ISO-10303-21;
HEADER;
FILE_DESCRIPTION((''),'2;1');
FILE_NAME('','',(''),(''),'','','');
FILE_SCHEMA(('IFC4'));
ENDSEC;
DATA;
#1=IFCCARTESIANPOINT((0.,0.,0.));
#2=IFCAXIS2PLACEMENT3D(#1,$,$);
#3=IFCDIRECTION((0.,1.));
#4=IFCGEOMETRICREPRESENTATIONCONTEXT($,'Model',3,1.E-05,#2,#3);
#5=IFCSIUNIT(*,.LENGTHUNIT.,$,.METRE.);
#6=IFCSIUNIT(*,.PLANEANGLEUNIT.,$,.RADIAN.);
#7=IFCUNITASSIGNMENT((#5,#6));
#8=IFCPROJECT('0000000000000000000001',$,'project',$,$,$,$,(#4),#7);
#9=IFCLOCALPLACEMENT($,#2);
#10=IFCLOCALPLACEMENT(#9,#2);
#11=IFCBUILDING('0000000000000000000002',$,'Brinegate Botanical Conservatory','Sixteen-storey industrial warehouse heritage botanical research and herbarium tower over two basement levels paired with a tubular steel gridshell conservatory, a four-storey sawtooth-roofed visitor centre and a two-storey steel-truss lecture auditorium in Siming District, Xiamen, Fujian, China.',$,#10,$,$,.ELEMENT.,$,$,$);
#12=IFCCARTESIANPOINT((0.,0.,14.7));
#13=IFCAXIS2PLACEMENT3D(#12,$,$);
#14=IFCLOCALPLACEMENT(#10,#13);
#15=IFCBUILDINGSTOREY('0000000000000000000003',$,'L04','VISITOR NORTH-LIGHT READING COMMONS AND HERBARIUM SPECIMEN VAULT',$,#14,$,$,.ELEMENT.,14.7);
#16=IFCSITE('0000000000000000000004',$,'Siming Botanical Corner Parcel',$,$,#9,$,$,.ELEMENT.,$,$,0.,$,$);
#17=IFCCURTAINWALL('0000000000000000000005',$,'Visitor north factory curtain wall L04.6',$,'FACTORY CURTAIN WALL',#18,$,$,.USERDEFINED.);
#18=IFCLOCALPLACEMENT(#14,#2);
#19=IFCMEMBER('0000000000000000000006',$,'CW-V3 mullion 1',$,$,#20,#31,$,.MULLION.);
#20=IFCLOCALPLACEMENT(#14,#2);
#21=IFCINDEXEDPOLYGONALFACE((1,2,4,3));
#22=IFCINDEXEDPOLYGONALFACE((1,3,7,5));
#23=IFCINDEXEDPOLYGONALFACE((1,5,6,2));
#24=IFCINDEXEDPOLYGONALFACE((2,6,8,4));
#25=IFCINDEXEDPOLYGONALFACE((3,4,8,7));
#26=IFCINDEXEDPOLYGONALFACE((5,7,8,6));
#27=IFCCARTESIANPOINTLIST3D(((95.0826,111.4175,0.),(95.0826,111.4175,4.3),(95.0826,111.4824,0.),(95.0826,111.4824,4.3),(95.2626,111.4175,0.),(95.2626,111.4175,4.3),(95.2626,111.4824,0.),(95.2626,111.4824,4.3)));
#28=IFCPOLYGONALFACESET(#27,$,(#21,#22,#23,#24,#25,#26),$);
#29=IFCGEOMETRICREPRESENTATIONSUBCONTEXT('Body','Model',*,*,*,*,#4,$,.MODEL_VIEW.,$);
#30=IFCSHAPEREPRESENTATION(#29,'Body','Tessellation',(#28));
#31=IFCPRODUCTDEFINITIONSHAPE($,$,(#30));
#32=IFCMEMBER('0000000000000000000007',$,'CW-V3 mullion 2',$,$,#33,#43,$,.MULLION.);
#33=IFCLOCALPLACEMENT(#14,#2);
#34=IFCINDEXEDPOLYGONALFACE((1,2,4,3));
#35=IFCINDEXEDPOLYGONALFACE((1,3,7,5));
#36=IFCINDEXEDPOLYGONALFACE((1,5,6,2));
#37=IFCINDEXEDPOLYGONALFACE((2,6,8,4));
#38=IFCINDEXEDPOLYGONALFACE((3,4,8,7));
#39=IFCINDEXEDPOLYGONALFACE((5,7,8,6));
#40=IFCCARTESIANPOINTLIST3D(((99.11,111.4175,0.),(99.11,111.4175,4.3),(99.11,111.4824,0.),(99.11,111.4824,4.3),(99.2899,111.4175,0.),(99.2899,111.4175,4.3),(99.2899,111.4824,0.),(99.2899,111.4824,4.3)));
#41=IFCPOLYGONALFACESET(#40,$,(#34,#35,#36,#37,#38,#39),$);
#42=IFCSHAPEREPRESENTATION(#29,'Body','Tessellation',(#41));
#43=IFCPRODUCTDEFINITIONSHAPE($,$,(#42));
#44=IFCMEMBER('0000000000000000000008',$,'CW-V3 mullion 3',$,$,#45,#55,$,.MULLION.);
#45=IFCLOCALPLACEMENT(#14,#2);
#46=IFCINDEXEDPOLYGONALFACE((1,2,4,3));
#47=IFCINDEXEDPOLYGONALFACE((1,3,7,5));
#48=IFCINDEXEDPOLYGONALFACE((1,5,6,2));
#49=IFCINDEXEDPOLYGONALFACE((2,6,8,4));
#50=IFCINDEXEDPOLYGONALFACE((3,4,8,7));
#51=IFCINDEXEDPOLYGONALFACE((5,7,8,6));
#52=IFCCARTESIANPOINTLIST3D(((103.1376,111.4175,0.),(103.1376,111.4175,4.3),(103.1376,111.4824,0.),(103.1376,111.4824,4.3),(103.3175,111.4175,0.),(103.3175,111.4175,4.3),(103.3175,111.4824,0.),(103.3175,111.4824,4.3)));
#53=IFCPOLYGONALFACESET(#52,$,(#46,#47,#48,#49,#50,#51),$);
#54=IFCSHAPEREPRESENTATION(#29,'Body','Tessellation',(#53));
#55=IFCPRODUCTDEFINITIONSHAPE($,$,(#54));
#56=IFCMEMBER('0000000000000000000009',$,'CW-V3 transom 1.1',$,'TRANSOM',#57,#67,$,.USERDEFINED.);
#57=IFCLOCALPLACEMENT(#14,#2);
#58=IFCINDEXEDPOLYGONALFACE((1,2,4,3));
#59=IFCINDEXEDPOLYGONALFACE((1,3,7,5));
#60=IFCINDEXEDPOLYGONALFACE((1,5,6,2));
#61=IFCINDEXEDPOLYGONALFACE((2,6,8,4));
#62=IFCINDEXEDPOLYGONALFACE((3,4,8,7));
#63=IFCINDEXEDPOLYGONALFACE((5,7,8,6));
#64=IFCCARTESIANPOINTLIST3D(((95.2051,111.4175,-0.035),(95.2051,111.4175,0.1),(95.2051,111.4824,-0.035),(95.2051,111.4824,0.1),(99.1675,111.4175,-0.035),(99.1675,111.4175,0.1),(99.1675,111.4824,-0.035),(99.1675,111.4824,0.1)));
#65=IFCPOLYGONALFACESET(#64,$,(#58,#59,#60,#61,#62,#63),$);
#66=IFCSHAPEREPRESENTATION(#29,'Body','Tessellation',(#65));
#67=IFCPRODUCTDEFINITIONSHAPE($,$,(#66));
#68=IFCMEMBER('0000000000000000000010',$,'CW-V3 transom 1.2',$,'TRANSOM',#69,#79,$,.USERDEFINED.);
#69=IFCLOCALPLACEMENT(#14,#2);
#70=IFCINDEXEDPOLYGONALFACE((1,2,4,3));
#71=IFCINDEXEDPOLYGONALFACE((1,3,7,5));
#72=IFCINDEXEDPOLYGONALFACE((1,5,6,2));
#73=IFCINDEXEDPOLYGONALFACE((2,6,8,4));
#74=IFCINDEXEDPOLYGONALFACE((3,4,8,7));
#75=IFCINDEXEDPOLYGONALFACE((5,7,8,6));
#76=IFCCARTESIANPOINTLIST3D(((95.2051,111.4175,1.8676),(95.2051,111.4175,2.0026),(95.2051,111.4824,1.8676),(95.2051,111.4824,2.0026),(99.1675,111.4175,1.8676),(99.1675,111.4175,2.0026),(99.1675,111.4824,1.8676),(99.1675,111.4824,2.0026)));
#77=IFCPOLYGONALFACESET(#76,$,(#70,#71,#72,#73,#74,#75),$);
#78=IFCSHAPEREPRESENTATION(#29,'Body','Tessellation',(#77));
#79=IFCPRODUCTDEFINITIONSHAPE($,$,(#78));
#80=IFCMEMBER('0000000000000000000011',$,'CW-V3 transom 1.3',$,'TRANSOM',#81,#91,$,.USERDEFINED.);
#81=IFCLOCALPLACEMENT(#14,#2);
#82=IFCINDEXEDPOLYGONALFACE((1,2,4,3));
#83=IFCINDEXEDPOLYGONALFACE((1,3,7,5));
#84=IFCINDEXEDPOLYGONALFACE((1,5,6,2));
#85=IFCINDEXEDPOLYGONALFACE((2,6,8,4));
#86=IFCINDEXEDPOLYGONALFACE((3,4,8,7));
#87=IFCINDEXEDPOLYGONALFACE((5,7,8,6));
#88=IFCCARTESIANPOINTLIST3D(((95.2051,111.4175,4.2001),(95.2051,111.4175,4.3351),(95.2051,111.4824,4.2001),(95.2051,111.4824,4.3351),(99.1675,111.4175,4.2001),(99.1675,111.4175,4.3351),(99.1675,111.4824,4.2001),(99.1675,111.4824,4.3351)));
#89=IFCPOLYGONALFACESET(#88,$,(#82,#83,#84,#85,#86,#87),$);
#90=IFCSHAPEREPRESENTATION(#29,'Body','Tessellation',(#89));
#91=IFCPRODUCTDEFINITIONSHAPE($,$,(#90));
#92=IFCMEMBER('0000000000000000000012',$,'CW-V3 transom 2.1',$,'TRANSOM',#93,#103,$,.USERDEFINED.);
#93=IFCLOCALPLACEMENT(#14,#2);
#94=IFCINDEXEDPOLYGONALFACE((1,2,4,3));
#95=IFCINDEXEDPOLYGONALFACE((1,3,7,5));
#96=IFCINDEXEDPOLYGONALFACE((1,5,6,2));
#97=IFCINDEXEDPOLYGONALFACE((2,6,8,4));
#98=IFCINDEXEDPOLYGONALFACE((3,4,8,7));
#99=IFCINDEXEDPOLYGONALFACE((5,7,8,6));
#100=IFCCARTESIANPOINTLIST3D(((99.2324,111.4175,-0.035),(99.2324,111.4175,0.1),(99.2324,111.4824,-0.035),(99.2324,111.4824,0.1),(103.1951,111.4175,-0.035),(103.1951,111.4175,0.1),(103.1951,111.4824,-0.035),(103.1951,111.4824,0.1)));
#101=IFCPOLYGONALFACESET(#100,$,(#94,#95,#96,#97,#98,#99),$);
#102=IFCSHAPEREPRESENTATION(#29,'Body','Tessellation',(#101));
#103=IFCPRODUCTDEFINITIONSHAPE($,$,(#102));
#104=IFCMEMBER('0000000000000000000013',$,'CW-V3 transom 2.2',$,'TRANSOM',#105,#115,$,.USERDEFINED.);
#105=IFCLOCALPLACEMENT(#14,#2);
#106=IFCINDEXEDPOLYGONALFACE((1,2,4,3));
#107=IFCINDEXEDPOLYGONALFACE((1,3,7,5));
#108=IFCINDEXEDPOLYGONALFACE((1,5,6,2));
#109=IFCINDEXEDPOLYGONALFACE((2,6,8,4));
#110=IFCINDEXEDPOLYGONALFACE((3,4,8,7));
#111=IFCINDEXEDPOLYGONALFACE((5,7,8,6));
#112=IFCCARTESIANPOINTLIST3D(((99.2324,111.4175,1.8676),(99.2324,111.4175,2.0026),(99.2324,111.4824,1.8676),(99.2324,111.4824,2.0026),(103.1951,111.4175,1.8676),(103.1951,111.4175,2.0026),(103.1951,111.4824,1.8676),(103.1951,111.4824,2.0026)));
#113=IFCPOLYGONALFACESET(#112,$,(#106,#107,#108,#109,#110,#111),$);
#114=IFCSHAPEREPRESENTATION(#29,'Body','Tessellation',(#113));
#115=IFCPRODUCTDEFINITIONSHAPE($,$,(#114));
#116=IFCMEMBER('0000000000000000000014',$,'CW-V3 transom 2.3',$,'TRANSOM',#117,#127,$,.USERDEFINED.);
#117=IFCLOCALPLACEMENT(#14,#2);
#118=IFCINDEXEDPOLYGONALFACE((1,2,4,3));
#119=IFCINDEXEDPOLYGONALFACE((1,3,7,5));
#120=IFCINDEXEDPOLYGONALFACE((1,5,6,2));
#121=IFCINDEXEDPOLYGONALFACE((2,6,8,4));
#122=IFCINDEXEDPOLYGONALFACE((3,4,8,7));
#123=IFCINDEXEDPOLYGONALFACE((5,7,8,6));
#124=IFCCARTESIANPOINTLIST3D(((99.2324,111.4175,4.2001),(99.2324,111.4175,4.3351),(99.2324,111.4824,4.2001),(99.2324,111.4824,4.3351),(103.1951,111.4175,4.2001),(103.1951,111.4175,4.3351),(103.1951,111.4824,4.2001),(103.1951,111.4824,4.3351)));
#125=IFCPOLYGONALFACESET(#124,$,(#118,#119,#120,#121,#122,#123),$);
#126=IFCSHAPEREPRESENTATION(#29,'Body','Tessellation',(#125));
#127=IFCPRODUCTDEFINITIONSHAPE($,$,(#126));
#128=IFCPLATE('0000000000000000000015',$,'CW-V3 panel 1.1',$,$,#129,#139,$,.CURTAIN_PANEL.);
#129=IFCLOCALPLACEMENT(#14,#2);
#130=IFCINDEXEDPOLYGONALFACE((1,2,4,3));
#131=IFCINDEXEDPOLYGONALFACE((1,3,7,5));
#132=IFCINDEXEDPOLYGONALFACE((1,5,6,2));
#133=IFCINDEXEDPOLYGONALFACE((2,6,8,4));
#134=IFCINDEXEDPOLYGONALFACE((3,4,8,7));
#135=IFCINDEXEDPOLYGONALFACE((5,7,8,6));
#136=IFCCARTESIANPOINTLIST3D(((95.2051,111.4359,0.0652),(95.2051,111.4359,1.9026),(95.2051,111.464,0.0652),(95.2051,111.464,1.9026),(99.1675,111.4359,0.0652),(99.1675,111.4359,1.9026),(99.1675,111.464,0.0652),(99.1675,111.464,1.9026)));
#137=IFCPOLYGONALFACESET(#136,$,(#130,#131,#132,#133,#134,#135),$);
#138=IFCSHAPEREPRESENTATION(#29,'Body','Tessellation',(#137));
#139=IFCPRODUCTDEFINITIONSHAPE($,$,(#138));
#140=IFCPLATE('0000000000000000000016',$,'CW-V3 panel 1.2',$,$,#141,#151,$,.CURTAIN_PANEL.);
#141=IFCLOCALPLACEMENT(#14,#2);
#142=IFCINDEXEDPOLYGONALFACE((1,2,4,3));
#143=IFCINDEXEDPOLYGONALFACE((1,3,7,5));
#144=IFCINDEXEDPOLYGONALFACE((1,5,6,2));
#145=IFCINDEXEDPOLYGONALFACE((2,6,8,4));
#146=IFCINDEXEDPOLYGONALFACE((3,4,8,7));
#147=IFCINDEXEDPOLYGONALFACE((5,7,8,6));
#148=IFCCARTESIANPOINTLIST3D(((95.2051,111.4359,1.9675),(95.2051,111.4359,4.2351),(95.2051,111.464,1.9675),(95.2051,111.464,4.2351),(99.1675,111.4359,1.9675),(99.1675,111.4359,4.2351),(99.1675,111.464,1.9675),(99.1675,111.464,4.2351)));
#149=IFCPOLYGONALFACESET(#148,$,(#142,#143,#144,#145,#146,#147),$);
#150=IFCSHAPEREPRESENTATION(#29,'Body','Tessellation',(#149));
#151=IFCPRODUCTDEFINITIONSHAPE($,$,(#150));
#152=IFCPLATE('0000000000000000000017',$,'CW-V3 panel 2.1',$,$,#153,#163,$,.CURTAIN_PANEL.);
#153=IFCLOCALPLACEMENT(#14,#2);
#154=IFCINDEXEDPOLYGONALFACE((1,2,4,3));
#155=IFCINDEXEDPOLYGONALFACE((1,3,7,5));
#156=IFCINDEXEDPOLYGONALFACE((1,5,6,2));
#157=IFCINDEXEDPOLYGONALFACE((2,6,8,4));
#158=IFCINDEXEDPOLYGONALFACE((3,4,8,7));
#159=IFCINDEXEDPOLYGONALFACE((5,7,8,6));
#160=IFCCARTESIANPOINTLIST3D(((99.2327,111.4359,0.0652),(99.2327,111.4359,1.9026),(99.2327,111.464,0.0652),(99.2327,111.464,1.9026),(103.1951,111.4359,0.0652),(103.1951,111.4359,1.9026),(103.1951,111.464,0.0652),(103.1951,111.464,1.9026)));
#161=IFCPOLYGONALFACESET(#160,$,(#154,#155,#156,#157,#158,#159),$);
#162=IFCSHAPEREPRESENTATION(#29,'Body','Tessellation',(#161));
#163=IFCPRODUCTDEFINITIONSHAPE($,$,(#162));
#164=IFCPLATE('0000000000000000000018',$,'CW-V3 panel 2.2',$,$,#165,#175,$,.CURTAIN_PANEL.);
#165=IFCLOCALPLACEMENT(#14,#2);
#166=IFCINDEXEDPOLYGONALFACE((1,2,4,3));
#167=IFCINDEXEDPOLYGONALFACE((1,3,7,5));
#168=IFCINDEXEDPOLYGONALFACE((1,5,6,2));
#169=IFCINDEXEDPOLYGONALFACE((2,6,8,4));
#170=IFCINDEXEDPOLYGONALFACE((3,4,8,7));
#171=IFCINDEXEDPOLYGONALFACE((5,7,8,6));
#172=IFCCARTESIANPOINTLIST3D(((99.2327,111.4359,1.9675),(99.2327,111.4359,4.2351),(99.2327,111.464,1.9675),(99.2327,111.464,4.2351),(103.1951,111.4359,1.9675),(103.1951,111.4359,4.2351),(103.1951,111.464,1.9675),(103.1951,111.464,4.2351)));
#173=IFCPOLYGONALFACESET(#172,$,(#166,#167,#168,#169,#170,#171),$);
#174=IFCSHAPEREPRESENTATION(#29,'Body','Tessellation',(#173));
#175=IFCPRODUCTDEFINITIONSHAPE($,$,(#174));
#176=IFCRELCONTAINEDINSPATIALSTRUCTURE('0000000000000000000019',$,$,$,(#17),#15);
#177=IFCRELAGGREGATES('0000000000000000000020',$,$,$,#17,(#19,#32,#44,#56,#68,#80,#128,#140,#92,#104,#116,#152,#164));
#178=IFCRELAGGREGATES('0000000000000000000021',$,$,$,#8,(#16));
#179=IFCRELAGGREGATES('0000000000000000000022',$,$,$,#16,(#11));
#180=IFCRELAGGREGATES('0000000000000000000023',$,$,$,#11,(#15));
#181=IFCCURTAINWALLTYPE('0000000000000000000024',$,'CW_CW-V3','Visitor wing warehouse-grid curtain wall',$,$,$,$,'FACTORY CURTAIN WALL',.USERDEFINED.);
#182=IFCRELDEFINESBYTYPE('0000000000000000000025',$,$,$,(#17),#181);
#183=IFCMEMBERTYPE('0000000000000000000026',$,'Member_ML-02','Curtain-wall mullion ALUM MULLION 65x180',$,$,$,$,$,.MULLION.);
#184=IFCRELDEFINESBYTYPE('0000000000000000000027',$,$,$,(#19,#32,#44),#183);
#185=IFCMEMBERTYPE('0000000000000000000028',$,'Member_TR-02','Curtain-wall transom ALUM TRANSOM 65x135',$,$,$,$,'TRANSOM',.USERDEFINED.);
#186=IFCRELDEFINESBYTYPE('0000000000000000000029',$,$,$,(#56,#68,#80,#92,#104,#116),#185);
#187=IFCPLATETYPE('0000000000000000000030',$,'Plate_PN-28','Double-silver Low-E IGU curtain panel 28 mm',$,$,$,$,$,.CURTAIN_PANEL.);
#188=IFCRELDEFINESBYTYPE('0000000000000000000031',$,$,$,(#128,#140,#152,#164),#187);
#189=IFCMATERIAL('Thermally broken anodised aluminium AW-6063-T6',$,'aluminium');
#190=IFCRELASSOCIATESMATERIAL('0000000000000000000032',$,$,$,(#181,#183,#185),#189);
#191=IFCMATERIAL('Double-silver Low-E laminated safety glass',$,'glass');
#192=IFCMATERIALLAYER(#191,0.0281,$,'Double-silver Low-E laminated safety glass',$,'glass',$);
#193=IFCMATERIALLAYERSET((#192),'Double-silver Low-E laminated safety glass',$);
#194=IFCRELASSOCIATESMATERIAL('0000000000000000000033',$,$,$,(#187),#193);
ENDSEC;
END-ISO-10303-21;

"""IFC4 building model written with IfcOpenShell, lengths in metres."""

from ifc_helpers import new_model, si_unit, direction, frame, origin, origin_2d, place, context, subcontext, project, spatial, rectangle, extrude, material, layer, layer_set, material_profile, profile_set, type_object, element, aggregate, save


model = new_model("IFC4")

# Units and contexts
model_context = context("Model", 3, precision=1e-05, world=origin(), true_north=direction((0.0, 1.0)))
body_context = subcontext(model_context, "Body", "Model", "MODEL_VIEW")
ifc_project = project(units=[si_unit("LENGTHUNIT", "METRE"), si_unit("PLANEANGLEUNIT", "RADIAN")], contexts=[model_context])

# Site, building, storey
site_placement = place(None, origin())
site = spatial("IfcSite", under=ifc_project, at=site_placement, Name="Siming Botanical Corner Parcel", CompositionType="ELEMENT", RefElevation=0.0)
building_placement = place(site_placement, origin())
building = spatial("IfcBuilding", under=site, at=building_placement, Name="Brinegate Botanical Conservatory", Description="Sixteen-storey industrial warehouse heritage botanical research and herbarium tower over two basement levels paired with a tubular steel gridshell conservatory, a four-storey sawtooth-roofed visitor centre and a two-storey steel-truss lecture auditorium in Siming District, Xiamen, Fujian, China.", CompositionType="ELEMENT")
storey_placement = place(building_placement, frame((0.0, 0.0, 14.7)))
storey = spatial("IfcBuildingStorey", under=building, at=storey_placement, Name="L04", Description="VISITOR NORTH-LIGHT READING COMMONS AND HERBARIUM SPECIMEN VAULT", CompositionType="ELEMENT", Elevation=14.7)

# Curtain wall, members, plates
ifc_material_1 = material(Name="Thermally broken anodised aluminium AW-6063-T6", Category="aluminium")
curtain_wall_type = type_object("IfcCurtainWallType", Name="CW_CW-V3", Description="Visitor wing warehouse-grid curtain wall", ElementType="FACTORY CURTAIN WALL", PredefinedType="USERDEFINED", material=ifc_material_1)
curtain_wall_placement = place(storey_placement, origin())
curtain_wall = element("IfcCurtainWall", 1, at=curtain_wall_placement, inside=storey, type_object=curtain_wall_type, Name="Visitor north factory curtain wall L04.6", ObjectType="FACTORY CURTAIN WALL", PredefinedType="USERDEFINED")
ifc_material_profile_1 = material_profile(ifc_material_1, rectangle(XDim=0.0649, YDim=0.1799, at=origin_2d()), Name="ALUM MULLION 65x180")
ifc_profile_set_1 = profile_set([ifc_material_profile_1], Name="Thermally broken anodised aluminium AW-6063-T6")
member_type_1 = type_object("IfcMemberType", Name="Member_ML-02", Description="Curtain-wall mullion ALUM MULLION 65x180", PredefinedType="MULLION", material=ifc_profile_set_1)
member_1_placement = place(storey_placement, frame((95.1726, 111.45, 0.0), z_axis=(0.0, 0.0, 1.0), x_axis=(0.0, 1.0, 0.0)))
member_1 = element("IfcMember", 2, at=member_1_placement, type_object=member_type_1, Name="CW-V3 mullion 1", PredefinedType="MULLION", context=body_context, shape_type="SweptSolid", body=[
    extrude(rectangle(XDim=0.0649, YDim=0.1799, at=origin_2d()), origin(), (0.0, 0.0, 1.0), 4.3),
])
member_2_placement = place(storey_placement, frame((99.2, 111.45, 0.0), z_axis=(0.0, 0.0, 1.0), x_axis=(0.0, 1.0, 0.0)))
member_2 = element("IfcMember", 3, at=member_2_placement, type_object=member_type_1, Name="CW-V3 mullion 2", PredefinedType="MULLION", context=body_context, shape_type="SweptSolid", body=[
    extrude(rectangle(XDim=0.0649, YDim=0.1799, at=origin_2d()), origin(), (0.0, 0.0, 1.0), 4.3),
])
member_3_placement = place(storey_placement, frame((103.2275, 111.45, 0.0), z_axis=(0.0, 0.0, 1.0), x_axis=(0.0, 1.0, 0.0)))
member_3 = element("IfcMember", 4, at=member_3_placement, type_object=member_type_1, Name="CW-V3 mullion 3", PredefinedType="MULLION", context=body_context, shape_type="SweptSolid", body=[
    extrude(rectangle(XDim=0.0649, YDim=0.1799, at=origin_2d()), origin(), (0.0, 0.0, 1.0), 4.3),
])
ifc_material_profile_2 = material_profile(ifc_material_1, rectangle(XDim=0.0649, YDim=0.135, at=origin_2d()), Name="ALUM TRANSOM 65x135")
ifc_profile_set_2 = profile_set([ifc_material_profile_2], Name="Thermally broken anodised aluminium AW-6063-T6")
member_type_2 = type_object("IfcMemberType", Name="Member_TR-02", Description="Curtain-wall transom ALUM TRANSOM 65x135", ElementType="TRANSOM", PredefinedType="USERDEFINED", material=ifc_profile_set_2)
member_4_placement = place(storey_placement, frame((95.2051, 111.45, 0.0325), z_axis=(1.0, 0.0, 0.0), x_axis=(0.0, 1.0, 0.0)))
member_4 = element("IfcMember", 5, at=member_4_placement, type_object=member_type_2, Name="CW-V3 transom 1.1", ObjectType="TRANSOM", PredefinedType="USERDEFINED", context=body_context, shape_type="SweptSolid", body=[
    extrude(rectangle(XDim=0.0649, YDim=0.135, at=origin_2d()), origin(), (0.0, 0.0, 1.0), 3.9624),
])
member_5_placement = place(storey_placement, frame((95.2051, 111.45, 1.9351), z_axis=(1.0, 0.0, 0.0), x_axis=(0.0, 1.0, 0.0)))
member_5 = element("IfcMember", 6, at=member_5_placement, type_object=member_type_2, Name="CW-V3 transom 1.2", ObjectType="TRANSOM", PredefinedType="USERDEFINED", context=body_context, shape_type="SweptSolid", body=[
    extrude(rectangle(XDim=0.0649, YDim=0.135, at=origin_2d()), origin(), (0.0, 0.0, 1.0), 3.9624),
])
member_6_placement = place(storey_placement, frame((95.2051, 111.45, 4.2676), z_axis=(1.0, 0.0, 0.0), x_axis=(0.0, 1.0, 0.0)))
member_6 = element("IfcMember", 7, at=member_6_placement, type_object=member_type_2, Name="CW-V3 transom 1.3", ObjectType="TRANSOM", PredefinedType="USERDEFINED", context=body_context, shape_type="SweptSolid", body=[
    extrude(rectangle(XDim=0.0649, YDim=0.135, at=origin_2d()), origin(), (0.0, 0.0, 1.0), 3.9624),
])
member_7_placement = place(storey_placement, frame((99.2324, 111.45, 0.0325), z_axis=(1.0, 0.0, 0.0), x_axis=(0.0, 1.0, 0.0)))
member_7 = element("IfcMember", 8, at=member_7_placement, type_object=member_type_2, Name="CW-V3 transom 2.1", ObjectType="TRANSOM", PredefinedType="USERDEFINED", context=body_context, shape_type="SweptSolid", body=[
    extrude(rectangle(XDim=0.0649, YDim=0.135, at=origin_2d()), origin(), (0.0, 0.0, 1.0), 3.9626),
])
member_8_placement = place(storey_placement, frame((99.2324, 111.45, 1.9351), z_axis=(1.0, 0.0, 0.0), x_axis=(0.0, 1.0, 0.0)))
member_8 = element("IfcMember", 9, at=member_8_placement, type_object=member_type_2, Name="CW-V3 transom 2.2", ObjectType="TRANSOM", PredefinedType="USERDEFINED", context=body_context, shape_type="SweptSolid", body=[
    extrude(rectangle(XDim=0.0649, YDim=0.135, at=origin_2d()), origin(), (0.0, 0.0, 1.0), 3.9626),
])
member_9_placement = place(storey_placement, frame((99.2324, 111.45, 4.2676), z_axis=(1.0, 0.0, 0.0), x_axis=(0.0, 1.0, 0.0)))
member_9 = element("IfcMember", 10, at=member_9_placement, type_object=member_type_2, Name="CW-V3 transom 2.3", ObjectType="TRANSOM", PredefinedType="USERDEFINED", context=body_context, shape_type="SweptSolid", body=[
    extrude(rectangle(XDim=0.0649, YDim=0.135, at=origin_2d()), origin(), (0.0, 0.0, 1.0), 3.9626),
])
ifc_material_2 = material(Name="Double-silver Low-E laminated safety glass", Category="glass")
ifc_layer_1 = layer(ifc_material_2, 0.0281, Name="Double-silver Low-E laminated safety glass", Category="glass")
ifc_layer_set_1 = layer_set([ifc_layer_1], Name="Double-silver Low-E laminated safety glass")
plate_type = type_object("IfcPlateType", Name="Plate_PN-28", Description="Double-silver Low-E IGU curtain panel 28 mm", PredefinedType="CURTAIN_PANEL", material=ifc_layer_set_1)
plate_1_placement = place(storey_placement, frame((97.1863, 111.45, 0.0652), z_axis=(0.0, 0.0, 1.0), x_axis=(1.0, 0.0, 0.0)))
plate_1 = element("IfcPlate", 11, at=plate_1_placement, type_object=plate_type, Name="CW-V3 panel 1.1", PredefinedType="CURTAIN_PANEL", context=body_context, shape_type="SweptSolid", body=[
    extrude(rectangle(XDim=3.9624, YDim=0.0281, at=origin_2d()), origin(), (0.0, 0.0, 1.0), 1.8374),
])
plate_2_placement = place(storey_placement, frame((97.1863, 111.45, 1.9675), z_axis=(0.0, 0.0, 1.0), x_axis=(1.0, 0.0, 0.0)))
plate_2 = element("IfcPlate", 12, at=plate_2_placement, type_object=plate_type, Name="CW-V3 panel 1.2", PredefinedType="CURTAIN_PANEL", context=body_context, shape_type="SweptSolid", body=[
    extrude(rectangle(XDim=3.9624, YDim=0.0281, at=origin_2d()), origin(), (0.0, 0.0, 1.0), 2.2676),
])
plate_3_placement = place(storey_placement, frame((101.2139, 111.45, 0.0652), z_axis=(0.0, 0.0, 1.0), x_axis=(1.0, 0.0, 0.0)))
plate_3 = element("IfcPlate", 13, at=plate_3_placement, type_object=plate_type, Name="CW-V3 panel 2.1", PredefinedType="CURTAIN_PANEL", context=body_context, shape_type="SweptSolid", body=[
    extrude(rectangle(XDim=3.9624, YDim=0.0281, at=origin_2d()), origin(), (0.0, 0.0, 1.0), 1.8374),
])
plate_4_placement = place(storey_placement, frame((101.2139, 111.45, 1.9675), z_axis=(0.0, 0.0, 1.0), x_axis=(1.0, 0.0, 0.0)))
plate_4 = element("IfcPlate", 14, at=plate_4_placement, type_object=plate_type, Name="CW-V3 panel 2.2", PredefinedType="CURTAIN_PANEL", context=body_context, shape_type="SweptSolid", body=[
    extrude(rectangle(XDim=3.9624, YDim=0.0281, at=origin_2d()), origin(), (0.0, 0.0, 1.0), 2.2676),
])
aggregate(curtain_wall, [member_1, member_2, member_3, member_4, member_5, member_6, plate_1, plate_2, member_7, member_8, member_9, plate_3, plate_4])

save(model, "model.ifc")
